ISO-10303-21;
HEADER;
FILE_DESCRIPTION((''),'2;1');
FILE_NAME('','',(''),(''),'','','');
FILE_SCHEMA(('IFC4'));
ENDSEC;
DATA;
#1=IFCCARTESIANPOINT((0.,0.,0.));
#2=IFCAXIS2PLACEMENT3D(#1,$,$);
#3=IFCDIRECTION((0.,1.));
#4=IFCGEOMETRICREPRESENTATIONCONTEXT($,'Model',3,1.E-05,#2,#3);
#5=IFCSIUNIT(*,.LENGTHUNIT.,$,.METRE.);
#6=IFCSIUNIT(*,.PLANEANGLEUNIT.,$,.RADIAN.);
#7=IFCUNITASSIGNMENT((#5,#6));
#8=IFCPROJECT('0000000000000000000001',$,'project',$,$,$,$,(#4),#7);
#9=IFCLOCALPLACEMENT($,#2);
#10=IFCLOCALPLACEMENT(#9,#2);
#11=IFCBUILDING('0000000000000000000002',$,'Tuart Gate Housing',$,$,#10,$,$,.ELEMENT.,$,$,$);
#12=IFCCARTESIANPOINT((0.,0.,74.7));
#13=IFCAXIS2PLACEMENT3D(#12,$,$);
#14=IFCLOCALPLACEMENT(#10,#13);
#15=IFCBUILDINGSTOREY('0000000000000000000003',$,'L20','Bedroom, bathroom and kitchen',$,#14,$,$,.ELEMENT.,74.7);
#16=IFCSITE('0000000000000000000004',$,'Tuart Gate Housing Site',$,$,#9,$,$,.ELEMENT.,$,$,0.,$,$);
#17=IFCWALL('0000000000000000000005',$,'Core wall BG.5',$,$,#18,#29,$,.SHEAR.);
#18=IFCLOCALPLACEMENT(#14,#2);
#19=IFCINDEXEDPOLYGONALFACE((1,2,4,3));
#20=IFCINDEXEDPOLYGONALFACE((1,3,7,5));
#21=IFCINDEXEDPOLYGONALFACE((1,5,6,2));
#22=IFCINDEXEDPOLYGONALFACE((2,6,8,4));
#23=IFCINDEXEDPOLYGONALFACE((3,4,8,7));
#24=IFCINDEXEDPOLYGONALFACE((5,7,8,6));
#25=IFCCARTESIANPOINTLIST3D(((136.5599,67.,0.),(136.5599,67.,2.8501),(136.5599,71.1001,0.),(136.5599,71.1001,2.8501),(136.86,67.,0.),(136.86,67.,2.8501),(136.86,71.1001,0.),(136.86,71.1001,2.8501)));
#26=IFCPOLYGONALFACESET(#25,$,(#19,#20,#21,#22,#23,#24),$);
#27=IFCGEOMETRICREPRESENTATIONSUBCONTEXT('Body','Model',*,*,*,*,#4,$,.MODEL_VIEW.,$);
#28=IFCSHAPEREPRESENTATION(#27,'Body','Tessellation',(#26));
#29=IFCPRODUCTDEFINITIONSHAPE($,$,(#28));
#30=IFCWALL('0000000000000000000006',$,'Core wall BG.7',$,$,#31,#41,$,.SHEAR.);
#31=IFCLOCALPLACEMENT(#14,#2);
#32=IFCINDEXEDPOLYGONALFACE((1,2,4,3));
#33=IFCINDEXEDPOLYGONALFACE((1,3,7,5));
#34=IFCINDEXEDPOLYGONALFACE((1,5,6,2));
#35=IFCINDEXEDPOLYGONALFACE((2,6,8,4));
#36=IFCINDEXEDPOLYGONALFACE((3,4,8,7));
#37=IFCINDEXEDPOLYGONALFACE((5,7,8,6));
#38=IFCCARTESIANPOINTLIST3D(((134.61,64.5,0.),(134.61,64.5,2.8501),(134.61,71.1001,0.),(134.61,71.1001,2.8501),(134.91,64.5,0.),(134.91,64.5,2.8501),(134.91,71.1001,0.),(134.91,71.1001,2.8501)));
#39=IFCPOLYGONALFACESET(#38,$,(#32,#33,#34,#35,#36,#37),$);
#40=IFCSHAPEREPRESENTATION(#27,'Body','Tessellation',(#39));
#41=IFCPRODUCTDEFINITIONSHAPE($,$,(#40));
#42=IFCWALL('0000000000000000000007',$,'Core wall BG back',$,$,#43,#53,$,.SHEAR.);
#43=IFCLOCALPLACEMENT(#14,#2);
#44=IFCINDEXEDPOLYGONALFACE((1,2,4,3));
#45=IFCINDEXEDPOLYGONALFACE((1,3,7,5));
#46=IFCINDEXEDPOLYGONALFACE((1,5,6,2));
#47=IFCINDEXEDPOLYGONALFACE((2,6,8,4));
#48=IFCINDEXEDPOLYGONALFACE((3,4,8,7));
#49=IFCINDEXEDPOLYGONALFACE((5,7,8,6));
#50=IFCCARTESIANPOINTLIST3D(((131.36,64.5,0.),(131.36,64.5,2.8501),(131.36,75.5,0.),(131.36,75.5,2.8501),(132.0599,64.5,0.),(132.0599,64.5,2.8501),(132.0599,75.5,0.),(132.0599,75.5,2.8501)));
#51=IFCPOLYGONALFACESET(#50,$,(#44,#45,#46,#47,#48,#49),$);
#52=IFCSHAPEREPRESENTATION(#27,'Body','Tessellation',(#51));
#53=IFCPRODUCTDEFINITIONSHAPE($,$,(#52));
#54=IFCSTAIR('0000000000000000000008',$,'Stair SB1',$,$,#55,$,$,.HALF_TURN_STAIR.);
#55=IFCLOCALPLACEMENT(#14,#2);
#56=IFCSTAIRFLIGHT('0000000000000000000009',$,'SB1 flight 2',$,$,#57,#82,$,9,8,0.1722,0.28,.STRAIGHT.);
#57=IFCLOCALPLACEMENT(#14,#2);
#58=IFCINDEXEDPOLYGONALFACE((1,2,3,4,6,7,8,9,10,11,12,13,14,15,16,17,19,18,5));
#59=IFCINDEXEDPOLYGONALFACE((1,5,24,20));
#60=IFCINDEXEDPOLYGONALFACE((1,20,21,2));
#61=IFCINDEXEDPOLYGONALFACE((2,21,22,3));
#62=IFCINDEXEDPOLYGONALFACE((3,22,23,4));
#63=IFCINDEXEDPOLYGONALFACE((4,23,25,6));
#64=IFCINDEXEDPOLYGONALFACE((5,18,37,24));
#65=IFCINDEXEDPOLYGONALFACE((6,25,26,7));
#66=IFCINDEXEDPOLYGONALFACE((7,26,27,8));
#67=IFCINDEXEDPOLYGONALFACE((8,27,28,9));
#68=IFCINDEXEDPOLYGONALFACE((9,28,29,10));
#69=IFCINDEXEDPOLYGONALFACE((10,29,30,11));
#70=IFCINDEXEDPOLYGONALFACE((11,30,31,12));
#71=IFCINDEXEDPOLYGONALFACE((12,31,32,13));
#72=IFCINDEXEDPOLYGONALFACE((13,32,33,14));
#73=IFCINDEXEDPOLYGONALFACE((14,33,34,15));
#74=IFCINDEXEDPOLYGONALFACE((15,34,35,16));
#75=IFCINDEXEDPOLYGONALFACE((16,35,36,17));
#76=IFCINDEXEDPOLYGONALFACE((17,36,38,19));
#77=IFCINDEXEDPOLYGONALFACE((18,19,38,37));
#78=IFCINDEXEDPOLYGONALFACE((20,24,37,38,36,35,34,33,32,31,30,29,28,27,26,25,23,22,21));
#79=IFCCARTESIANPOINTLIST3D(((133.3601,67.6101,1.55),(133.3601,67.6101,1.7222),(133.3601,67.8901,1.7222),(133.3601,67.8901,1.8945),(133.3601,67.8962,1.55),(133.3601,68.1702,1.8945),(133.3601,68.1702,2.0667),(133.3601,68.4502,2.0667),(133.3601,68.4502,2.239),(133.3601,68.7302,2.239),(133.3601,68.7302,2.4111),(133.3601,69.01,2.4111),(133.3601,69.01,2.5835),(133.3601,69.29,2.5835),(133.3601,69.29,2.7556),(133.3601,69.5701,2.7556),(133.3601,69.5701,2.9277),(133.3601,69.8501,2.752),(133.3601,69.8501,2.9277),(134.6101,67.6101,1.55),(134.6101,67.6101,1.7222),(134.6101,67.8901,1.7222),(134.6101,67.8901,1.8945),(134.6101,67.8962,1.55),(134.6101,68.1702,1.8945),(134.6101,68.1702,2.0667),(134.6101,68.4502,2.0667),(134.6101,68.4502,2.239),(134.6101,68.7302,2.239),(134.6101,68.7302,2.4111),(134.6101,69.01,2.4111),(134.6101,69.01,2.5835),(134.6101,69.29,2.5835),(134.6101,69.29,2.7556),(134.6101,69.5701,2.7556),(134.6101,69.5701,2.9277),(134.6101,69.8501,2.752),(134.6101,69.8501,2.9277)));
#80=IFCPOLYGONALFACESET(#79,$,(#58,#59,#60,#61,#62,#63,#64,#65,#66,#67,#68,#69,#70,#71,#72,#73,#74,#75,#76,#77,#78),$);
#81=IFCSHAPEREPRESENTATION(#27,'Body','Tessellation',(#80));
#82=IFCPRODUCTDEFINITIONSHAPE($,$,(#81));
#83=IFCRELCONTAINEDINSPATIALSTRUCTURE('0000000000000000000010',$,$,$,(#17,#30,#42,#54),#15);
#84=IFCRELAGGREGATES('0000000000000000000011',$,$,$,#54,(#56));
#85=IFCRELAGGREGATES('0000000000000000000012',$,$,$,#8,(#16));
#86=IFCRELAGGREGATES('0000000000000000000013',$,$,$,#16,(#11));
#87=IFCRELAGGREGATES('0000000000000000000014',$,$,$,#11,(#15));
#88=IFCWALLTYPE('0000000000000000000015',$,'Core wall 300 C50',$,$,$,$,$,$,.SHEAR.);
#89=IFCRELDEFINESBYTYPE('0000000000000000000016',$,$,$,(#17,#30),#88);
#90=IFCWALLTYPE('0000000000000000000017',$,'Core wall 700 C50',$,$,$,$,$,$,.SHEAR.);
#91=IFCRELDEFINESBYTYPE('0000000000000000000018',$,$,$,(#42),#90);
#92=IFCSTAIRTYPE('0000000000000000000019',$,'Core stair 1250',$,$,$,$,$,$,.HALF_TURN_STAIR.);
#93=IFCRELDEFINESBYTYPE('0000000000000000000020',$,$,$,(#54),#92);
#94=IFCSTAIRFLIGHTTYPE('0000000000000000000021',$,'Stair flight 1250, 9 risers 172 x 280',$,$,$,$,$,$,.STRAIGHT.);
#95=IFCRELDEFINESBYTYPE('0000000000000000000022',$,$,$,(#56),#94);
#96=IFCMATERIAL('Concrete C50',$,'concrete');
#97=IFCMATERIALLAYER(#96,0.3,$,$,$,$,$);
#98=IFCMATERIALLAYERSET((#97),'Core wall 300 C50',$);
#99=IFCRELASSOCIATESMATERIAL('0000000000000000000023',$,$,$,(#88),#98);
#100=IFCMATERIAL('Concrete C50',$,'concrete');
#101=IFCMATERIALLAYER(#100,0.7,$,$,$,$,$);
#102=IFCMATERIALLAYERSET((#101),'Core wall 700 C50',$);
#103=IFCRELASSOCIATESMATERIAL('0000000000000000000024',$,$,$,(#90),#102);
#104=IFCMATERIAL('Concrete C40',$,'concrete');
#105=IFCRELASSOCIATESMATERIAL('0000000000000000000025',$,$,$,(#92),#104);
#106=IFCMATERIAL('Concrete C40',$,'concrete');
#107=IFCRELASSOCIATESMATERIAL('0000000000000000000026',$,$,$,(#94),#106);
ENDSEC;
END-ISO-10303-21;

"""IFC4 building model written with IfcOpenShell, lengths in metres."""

from ifc_helpers import new_model, si_unit, direction, frame, frame_2d, origin, place, context, subcontext, project, spatial, polyline, rectangle, outline, extrude, material, layer, layer_set, type_object, element, aggregate, save


model = new_model("IFC4")

# Units and contexts
model_context = context("Model", 3, precision=1e-05, world=origin(), true_north=direction((0.0, 1.0)))
body_context = subcontext(model_context, "Body", "Model", "MODEL_VIEW")
ifc_project = project(units=[si_unit("LENGTHUNIT", "METRE"), si_unit("PLANEANGLEUNIT", "RADIAN")], contexts=[model_context])

# Site, building, storey
site_placement = place(None, origin())
site = spatial("IfcSite", under=ifc_project, at=site_placement, Name="Tuart Gate Housing Site", CompositionType="ELEMENT", RefElevation=0.0)
building_placement = place(site_placement, origin())
building = spatial("IfcBuilding", under=site, at=building_placement, Name="Tuart Gate Housing", CompositionType="ELEMENT")
storey_placement = place(building_placement, frame((0.0, 0.0, 74.7)))
storey = spatial("IfcBuildingStorey", under=building, at=storey_placement, Name="L20", Description="Bedroom, bathroom and kitchen", CompositionType="ELEMENT", Elevation=74.7)

# Walls
ifc_material_1 = material(Name="Concrete C50", Category="concrete")
ifc_layer_1 = layer(ifc_material_1, 0.3)
ifc_layer_set_1 = layer_set([ifc_layer_1], Name="Core wall 300 C50")
wall_type_1 = type_object("IfcWallType", Name="Core wall 300 C50", PredefinedType="SHEAR", material=ifc_layer_set_1)
wall_1_placement = place(storey_placement, frame((136.71, 67.0, 0.0), z_axis=(0.0, 0.0, 1.0), x_axis=(0.0, 1.0, 0.0)))
element("IfcWall", 1, at=wall_1_placement, inside=storey, type_object=wall_type_1, Name="Core wall BG.5", PredefinedType="SHEAR", context=body_context, shape_type="SweptSolid", body=[
    extrude(rectangle(XDim=4.1001, YDim=0.3, at=frame_2d((2.05, 0.0))), origin(), (0.0, 0.0, 1.0), 2.8501),
])
wall_2_placement = place(storey_placement, frame((134.76, 64.5, 0.0), z_axis=(0.0, 0.0, 1.0), x_axis=(0.0, 1.0, 0.0)))
element("IfcWall", 2, at=wall_2_placement, inside=storey, type_object=wall_type_1, Name="Core wall BG.7", PredefinedType="SHEAR", context=body_context, shape_type="SweptSolid", body=[
    extrude(rectangle(XDim=6.6001, YDim=0.3, at=frame_2d((3.3, 0.0))), origin(), (0.0, 0.0, 1.0), 2.8501),
])
ifc_material_2 = material(Name="Concrete C50", Category="concrete")
ifc_layer_2 = layer(ifc_material_2, 0.7)
ifc_layer_set_2 = layer_set([ifc_layer_2], Name="Core wall 700 C50")
wall_type_2 = type_object("IfcWallType", Name="Core wall 700 C50", PredefinedType="SHEAR", material=ifc_layer_set_2)
wall_3_placement = place(storey_placement, frame((131.71, 64.5, 0.0), z_axis=(0.0, 0.0, 1.0), x_axis=(0.0, 1.0, 0.0)))
element("IfcWall", 3, at=wall_3_placement, inside=storey, type_object=wall_type_2, Name="Core wall BG back", PredefinedType="SHEAR", context=body_context, shape_type="SweptSolid", body=[
    extrude(rectangle(XDim=11.0, YDim=0.7, at=frame_2d((5.5, 0.0))), origin(), (0.0, 0.0, 1.0), 2.8501),
])

# Stair, stair flight
ifc_material_3 = material(Name="Concrete C40", Category="concrete")
stair_type = type_object("IfcStairType", Name="Core stair 1250", PredefinedType="HALF_TURN_STAIR", material=ifc_material_3)
stair_placement = place(storey_placement, origin())
stair = element("IfcStair", 4, at=stair_placement, inside=storey, type_object=stair_type, Name="Stair SB1", PredefinedType="HALF_TURN_STAIR")
ifc_material_4 = material(Name="Concrete C40", Category="concrete")
stair_flight_type = type_object("IfcStairFlightType", Name="Stair flight 1250, 9 risers 172 x 280", PredefinedType="STRAIGHT", material=ifc_material_4)
stair_flight_placement = place(storey_placement, frame((133.9851, 67.6101, 1.55), z_axis=(0.0, 0.0, 1.0), x_axis=(0.0, 1.0, 0.0)))
stair_flight = element("IfcStairFlight", 5, at=stair_flight_placement, type_object=stair_flight_type, Name="SB1 flight 2", NumberOfRisers=9, NumberOfTreads=8, PredefinedType="STRAIGHT", RiserHeight=0.1722, TreadLength=0.28, context=body_context, shape_type="SweptSolid", body=[
    extrude(outline(polyline([(0.0, 0.0), (0.0, 0.1721), (0.28, 0.1721), (0.28, 0.3445), (0.5601, 0.3445), (0.5601, 0.5166), (0.8401, 0.5166), (0.8401, 0.689), (1.1201, 0.689), (1.1201, 0.8611), (1.3999, 0.8611), (1.3999, 1.0334), (1.6799, 1.0334), (1.6799, 1.2056), (1.96, 1.2056), (1.96, 1.3777), (2.24, 1.3777), (2.24, 1.55), (2.24, 1.2019), (0.2861, 0.0), (0.0, 0.0)])), frame((0.0, 0.625, 0.0), z_axis=(0.0, -1.0, 0.0), x_axis=(1.0, 0.0, 0.0)), (0.0, 0.0, 1.0), 1.25),
])
aggregate(stair, [stair_flight])

save(model, "model.ifc")
